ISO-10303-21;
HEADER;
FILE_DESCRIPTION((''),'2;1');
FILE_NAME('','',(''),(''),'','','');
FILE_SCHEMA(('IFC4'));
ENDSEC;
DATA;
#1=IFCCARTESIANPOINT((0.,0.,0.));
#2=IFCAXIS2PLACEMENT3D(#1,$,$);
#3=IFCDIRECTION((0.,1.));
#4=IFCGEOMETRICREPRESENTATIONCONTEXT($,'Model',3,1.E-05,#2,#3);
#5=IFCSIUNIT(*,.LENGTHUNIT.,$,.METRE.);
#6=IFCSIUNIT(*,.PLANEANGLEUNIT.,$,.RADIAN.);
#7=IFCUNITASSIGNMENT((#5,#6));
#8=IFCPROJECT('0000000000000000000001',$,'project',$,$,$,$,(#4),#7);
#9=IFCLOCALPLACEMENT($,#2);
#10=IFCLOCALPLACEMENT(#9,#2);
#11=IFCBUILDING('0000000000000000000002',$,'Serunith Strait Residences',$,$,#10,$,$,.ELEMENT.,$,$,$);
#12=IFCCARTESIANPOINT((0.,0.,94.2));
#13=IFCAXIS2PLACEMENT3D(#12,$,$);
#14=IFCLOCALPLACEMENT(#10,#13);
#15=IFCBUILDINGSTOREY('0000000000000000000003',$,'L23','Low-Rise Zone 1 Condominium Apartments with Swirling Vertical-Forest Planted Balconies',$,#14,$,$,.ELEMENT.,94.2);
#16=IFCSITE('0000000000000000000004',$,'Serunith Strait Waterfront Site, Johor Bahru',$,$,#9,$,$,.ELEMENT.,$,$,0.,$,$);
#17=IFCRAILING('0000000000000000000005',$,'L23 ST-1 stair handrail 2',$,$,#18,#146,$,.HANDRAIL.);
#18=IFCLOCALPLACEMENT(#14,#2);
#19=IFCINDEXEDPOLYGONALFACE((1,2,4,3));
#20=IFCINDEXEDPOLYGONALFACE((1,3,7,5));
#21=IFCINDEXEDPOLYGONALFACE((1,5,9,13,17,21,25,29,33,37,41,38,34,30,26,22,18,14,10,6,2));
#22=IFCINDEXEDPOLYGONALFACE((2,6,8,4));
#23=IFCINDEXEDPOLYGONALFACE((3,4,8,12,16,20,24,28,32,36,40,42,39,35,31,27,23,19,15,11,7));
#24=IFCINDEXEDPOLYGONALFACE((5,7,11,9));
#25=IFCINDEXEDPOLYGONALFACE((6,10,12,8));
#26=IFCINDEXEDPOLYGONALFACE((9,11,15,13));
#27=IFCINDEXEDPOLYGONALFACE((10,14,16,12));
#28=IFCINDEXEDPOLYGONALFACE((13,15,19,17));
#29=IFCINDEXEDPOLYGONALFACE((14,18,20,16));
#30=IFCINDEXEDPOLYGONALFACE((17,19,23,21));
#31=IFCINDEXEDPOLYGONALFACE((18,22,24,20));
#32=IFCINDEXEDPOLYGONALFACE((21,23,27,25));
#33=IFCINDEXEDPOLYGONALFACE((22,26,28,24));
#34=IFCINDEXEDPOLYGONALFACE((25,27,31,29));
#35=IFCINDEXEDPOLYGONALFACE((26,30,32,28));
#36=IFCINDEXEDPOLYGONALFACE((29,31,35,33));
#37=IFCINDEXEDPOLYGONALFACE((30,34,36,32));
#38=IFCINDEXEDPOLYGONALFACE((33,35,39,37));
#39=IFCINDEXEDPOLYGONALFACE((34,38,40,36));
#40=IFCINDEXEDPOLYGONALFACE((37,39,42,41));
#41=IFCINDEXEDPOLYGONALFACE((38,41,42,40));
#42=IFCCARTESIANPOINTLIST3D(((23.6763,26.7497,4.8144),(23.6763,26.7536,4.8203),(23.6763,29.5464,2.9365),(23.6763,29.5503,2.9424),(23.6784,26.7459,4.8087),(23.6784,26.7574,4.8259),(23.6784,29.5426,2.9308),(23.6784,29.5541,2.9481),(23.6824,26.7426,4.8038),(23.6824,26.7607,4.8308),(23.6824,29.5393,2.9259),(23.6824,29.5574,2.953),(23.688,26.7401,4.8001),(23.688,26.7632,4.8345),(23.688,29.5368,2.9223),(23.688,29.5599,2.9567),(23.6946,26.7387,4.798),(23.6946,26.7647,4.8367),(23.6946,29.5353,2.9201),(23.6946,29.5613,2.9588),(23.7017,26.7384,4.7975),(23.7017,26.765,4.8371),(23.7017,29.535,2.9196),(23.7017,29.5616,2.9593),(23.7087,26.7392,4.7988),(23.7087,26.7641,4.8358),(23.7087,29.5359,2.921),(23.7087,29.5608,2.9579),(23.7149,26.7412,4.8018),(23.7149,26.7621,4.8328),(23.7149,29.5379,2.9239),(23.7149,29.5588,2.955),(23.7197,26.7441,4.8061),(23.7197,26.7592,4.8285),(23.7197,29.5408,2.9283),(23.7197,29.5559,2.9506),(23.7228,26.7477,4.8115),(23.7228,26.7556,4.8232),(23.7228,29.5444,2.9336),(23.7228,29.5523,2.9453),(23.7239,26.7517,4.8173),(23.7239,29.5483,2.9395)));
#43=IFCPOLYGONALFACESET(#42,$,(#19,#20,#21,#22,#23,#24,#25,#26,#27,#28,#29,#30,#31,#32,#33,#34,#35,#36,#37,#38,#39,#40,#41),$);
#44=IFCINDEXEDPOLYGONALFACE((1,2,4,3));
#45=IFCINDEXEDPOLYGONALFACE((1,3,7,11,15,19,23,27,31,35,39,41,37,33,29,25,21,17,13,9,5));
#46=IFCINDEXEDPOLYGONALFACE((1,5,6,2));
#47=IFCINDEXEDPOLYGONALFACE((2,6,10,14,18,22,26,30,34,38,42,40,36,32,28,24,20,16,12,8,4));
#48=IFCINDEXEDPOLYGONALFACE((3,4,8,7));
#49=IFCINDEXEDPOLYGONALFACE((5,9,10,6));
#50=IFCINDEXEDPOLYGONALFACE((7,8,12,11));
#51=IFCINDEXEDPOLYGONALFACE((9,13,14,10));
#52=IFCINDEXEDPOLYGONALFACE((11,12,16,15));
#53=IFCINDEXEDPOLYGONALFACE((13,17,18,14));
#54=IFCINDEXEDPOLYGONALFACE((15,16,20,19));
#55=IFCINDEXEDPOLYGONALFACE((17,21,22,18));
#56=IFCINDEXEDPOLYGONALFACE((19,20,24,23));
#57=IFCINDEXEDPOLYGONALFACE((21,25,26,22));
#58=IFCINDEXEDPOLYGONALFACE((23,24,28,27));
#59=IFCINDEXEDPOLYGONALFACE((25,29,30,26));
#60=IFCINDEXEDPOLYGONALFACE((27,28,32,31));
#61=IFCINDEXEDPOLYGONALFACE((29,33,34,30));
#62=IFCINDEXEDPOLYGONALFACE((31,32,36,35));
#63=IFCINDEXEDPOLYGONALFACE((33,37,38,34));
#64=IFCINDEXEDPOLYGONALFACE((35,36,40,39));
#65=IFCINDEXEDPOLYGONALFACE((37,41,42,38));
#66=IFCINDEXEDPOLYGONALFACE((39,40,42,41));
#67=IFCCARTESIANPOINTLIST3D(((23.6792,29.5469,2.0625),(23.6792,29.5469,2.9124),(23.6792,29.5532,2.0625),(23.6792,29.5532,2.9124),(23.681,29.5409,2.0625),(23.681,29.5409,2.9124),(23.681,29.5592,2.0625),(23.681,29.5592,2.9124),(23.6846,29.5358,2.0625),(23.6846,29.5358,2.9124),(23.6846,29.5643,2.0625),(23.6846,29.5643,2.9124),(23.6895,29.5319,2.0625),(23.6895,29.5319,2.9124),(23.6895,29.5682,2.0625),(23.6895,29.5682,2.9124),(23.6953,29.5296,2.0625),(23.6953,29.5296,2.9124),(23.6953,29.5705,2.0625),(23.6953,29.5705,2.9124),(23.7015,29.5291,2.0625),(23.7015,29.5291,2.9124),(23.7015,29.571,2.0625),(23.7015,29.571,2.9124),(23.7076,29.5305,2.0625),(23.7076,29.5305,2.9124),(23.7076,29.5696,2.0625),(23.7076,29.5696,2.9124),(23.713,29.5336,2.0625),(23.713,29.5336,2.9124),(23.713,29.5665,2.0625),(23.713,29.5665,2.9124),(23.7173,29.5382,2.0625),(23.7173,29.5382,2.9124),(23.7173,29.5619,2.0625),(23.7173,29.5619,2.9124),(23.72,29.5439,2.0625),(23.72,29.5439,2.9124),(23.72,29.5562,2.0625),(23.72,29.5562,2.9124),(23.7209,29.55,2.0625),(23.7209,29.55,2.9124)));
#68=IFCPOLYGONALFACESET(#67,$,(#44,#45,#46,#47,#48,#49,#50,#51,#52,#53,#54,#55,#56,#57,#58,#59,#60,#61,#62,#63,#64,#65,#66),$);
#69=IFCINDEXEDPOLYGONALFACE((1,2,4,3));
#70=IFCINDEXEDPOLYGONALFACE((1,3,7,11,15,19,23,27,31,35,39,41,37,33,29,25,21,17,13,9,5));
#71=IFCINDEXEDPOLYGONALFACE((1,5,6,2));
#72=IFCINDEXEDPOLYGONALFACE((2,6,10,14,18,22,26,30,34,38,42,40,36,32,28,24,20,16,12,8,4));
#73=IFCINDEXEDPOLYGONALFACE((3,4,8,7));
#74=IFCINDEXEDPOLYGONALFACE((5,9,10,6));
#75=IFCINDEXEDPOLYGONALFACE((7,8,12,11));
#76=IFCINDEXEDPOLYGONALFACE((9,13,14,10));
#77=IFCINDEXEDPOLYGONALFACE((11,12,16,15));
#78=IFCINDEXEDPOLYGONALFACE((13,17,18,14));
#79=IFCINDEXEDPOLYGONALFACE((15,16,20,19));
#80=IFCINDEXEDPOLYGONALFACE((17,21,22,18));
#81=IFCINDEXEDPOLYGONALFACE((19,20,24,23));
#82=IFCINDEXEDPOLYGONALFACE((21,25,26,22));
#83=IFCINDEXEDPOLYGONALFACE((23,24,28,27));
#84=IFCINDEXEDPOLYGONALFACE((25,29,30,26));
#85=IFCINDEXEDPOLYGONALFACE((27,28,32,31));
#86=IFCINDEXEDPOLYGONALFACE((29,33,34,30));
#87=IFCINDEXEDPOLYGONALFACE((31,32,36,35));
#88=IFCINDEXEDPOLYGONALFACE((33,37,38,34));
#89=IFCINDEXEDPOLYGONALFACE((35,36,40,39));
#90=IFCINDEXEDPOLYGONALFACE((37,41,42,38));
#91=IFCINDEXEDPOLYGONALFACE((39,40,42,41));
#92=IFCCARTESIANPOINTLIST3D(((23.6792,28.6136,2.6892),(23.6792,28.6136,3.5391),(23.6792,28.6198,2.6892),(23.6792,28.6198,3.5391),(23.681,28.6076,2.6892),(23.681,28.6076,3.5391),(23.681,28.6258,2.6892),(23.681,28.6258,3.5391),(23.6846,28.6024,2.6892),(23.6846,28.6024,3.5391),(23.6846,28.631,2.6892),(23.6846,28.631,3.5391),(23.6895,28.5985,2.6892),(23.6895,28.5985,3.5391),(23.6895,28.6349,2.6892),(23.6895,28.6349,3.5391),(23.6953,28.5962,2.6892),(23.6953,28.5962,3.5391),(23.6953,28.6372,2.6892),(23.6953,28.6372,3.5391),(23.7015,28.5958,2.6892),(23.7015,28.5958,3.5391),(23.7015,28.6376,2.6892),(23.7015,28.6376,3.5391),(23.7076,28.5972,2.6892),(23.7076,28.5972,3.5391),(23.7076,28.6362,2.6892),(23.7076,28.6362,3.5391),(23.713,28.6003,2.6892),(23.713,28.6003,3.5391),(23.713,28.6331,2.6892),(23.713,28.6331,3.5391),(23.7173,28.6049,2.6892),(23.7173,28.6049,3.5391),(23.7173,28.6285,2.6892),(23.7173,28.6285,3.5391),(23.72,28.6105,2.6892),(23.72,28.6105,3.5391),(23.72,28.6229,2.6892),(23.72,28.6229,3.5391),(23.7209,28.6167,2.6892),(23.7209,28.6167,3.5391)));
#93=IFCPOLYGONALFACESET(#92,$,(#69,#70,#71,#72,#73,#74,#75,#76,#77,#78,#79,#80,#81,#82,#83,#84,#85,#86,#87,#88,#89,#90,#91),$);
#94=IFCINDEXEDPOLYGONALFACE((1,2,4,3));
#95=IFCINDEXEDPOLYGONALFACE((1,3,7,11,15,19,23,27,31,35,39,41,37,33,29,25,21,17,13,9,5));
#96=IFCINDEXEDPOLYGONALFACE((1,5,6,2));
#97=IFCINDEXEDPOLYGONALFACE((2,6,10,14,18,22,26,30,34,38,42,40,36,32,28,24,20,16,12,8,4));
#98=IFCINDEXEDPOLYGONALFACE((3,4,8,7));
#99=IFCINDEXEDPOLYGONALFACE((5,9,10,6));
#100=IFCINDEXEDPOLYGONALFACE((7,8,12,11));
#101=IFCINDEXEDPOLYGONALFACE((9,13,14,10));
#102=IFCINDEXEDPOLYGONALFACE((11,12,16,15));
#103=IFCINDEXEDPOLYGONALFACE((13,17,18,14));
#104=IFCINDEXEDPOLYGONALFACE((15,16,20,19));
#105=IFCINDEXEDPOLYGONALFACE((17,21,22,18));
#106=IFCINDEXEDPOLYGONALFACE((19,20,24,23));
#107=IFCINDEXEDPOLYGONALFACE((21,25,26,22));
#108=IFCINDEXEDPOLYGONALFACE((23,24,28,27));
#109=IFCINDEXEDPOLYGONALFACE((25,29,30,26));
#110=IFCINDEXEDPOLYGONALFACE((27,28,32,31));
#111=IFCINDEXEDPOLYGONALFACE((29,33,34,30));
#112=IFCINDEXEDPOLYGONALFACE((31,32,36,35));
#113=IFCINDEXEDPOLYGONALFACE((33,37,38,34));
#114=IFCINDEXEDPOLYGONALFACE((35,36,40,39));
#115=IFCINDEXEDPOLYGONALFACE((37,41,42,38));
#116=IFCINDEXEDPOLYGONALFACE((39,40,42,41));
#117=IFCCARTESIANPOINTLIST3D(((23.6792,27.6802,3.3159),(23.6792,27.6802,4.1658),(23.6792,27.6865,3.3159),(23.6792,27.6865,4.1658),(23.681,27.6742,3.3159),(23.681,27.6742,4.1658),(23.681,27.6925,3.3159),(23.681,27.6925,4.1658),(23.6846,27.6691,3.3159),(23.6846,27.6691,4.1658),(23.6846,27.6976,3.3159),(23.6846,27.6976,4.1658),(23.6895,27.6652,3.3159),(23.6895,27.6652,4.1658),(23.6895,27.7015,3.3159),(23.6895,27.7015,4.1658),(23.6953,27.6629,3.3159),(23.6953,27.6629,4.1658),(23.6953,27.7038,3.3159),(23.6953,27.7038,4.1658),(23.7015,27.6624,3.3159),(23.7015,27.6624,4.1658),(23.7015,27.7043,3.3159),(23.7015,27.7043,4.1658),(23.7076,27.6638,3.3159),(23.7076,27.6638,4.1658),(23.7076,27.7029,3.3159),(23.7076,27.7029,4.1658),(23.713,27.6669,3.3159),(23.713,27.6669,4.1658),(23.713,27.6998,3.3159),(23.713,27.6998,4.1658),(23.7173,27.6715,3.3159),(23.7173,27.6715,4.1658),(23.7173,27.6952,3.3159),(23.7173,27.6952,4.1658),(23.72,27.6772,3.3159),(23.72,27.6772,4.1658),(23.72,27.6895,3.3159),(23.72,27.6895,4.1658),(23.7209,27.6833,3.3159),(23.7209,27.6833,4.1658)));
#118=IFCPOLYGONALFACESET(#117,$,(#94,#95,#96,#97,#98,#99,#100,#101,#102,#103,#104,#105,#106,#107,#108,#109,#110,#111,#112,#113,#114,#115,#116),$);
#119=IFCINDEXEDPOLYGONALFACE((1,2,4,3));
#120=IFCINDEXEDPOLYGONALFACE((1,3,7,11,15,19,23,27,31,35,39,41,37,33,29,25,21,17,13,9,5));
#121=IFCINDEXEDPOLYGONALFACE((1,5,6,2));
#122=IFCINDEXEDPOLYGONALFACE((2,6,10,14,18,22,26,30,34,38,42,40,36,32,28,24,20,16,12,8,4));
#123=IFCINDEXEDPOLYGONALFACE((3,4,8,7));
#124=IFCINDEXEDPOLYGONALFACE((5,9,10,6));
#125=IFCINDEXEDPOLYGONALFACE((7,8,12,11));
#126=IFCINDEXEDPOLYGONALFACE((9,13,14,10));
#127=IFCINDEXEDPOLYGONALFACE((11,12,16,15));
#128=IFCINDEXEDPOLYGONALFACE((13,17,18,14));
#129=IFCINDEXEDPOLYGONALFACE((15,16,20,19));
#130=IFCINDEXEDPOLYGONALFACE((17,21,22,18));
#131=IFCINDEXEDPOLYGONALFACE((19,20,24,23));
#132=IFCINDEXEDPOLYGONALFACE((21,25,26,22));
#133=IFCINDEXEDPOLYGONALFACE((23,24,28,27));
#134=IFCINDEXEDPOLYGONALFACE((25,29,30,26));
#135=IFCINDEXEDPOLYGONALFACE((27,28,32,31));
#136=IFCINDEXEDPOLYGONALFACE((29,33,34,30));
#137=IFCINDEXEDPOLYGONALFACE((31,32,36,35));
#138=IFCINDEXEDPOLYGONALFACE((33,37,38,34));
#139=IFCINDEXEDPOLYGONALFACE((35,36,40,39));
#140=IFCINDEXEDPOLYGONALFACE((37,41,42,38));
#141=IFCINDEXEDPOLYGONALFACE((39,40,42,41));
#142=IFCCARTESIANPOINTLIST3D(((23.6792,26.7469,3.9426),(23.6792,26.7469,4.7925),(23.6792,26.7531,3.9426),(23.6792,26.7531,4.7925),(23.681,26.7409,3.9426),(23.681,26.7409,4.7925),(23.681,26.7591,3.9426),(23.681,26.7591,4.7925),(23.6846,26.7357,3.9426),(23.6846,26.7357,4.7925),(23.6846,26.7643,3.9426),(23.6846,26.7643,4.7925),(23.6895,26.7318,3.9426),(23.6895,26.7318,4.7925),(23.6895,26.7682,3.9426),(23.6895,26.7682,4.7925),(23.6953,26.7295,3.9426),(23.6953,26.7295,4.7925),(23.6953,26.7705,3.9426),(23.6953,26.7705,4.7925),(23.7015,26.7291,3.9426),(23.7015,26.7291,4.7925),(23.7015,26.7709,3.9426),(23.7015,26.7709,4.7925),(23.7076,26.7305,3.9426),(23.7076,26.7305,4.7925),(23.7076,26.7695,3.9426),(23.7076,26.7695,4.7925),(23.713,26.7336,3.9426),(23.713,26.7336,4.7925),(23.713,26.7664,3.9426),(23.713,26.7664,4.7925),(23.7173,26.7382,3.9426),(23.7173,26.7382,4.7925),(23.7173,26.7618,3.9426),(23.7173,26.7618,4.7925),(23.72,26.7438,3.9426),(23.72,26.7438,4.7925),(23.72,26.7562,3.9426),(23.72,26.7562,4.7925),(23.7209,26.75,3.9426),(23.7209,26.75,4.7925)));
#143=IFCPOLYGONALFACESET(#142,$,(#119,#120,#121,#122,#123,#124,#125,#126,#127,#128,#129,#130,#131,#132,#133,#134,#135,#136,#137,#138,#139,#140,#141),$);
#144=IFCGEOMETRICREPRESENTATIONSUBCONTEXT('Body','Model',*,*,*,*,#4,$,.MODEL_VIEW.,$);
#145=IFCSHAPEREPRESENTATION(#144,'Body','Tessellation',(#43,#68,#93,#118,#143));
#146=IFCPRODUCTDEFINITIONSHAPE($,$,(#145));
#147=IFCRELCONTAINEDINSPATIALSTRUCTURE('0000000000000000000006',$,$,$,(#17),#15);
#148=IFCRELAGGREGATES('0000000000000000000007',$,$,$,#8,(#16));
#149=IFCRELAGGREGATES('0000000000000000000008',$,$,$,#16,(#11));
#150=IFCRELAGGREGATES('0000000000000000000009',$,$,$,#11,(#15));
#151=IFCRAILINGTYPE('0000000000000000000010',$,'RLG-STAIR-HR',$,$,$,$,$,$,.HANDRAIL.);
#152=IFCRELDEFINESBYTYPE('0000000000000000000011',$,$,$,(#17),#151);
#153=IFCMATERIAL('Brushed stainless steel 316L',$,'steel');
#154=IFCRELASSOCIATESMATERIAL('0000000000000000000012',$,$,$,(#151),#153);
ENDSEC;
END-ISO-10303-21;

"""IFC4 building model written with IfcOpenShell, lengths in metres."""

from ifc_helpers import new_model, si_unit, direction, frame, origin, origin_2d, place, context, subcontext, project, spatial, circle, extrude, material, type_object, element, save


model = new_model("IFC4")

# Units and contexts
model_context = context("Model", 3, precision=1e-05, world=origin(), true_north=direction((0.0, 1.0)))
body_context = subcontext(model_context, "Body", "Model", "MODEL_VIEW")
ifc_project = project(units=[si_unit("LENGTHUNIT", "METRE"), si_unit("PLANEANGLEUNIT", "RADIAN")], contexts=[model_context])

# Site, building, storey
site_placement = place(None, origin())
site = spatial("IfcSite", under=ifc_project, at=site_placement, Name="Serunith Strait Waterfront Site, Johor Bahru", CompositionType="ELEMENT", RefElevation=0.0)
building_placement = place(site_placement, origin())
building = spatial("IfcBuilding", under=site, at=building_placement, Name="Serunith Strait Residences", CompositionType="ELEMENT")
storey_placement = place(building_placement, frame((0.0, 0.0, 94.2)))
storey = spatial("IfcBuildingStorey", under=building, at=storey_placement, Name="L23", Description="Low-Rise Zone 1 Condominium Apartments with Swirling Vertical-Forest Planted Balconies", CompositionType="ELEMENT", Elevation=94.2)

# Railing
ifc_material_1 = material(Name="Brushed stainless steel 316L", Category="steel")
railing_type_1 = type_object("IfcRailingType", Name="RLG-STAIR-HR", PredefinedType="HANDRAIL", material=ifc_material_1)
railing_1_placement = place(storey_placement, frame((23.7, 29.55, 2.0625)))
element("IfcRailing", 1, at=railing_1_placement, inside=storey, type_object=railing_type_1, Name="L23 ST-1 stair handrail 2", PredefinedType="HANDRAIL", context=body_context, shape_type="SweptSolid", body=[
    extrude(circle(Radius=0.0239, at=origin_2d()), frame((0.0, -0.0017, 0.877), z_axis=(0.0, -0.830208, 0.557453), x_axis=(1.0, 0.0, 0.0)), (0.0, 0.0, 1.0), 3.3687),
    extrude(circle(Radius=0.021, at=origin_2d()), origin(), (0.0, 0.0, 1.0), 0.8499),
    extrude(circle(Radius=0.021, at=origin_2d()), frame((0.0, -0.9333, 0.6267)), (0.0, 0.0, 1.0), 0.8499),
    extrude(circle(Radius=0.021, at=origin_2d()), frame((0.0, -1.8667, 1.2534)), (0.0, 0.0, 1.0), 0.8499),
    extrude(circle(Radius=0.021, at=origin_2d()), frame((0.0, -2.8, 1.8801)), (0.0, 0.0, 1.0), 0.8499),
])

save(model, "model.ifc")
